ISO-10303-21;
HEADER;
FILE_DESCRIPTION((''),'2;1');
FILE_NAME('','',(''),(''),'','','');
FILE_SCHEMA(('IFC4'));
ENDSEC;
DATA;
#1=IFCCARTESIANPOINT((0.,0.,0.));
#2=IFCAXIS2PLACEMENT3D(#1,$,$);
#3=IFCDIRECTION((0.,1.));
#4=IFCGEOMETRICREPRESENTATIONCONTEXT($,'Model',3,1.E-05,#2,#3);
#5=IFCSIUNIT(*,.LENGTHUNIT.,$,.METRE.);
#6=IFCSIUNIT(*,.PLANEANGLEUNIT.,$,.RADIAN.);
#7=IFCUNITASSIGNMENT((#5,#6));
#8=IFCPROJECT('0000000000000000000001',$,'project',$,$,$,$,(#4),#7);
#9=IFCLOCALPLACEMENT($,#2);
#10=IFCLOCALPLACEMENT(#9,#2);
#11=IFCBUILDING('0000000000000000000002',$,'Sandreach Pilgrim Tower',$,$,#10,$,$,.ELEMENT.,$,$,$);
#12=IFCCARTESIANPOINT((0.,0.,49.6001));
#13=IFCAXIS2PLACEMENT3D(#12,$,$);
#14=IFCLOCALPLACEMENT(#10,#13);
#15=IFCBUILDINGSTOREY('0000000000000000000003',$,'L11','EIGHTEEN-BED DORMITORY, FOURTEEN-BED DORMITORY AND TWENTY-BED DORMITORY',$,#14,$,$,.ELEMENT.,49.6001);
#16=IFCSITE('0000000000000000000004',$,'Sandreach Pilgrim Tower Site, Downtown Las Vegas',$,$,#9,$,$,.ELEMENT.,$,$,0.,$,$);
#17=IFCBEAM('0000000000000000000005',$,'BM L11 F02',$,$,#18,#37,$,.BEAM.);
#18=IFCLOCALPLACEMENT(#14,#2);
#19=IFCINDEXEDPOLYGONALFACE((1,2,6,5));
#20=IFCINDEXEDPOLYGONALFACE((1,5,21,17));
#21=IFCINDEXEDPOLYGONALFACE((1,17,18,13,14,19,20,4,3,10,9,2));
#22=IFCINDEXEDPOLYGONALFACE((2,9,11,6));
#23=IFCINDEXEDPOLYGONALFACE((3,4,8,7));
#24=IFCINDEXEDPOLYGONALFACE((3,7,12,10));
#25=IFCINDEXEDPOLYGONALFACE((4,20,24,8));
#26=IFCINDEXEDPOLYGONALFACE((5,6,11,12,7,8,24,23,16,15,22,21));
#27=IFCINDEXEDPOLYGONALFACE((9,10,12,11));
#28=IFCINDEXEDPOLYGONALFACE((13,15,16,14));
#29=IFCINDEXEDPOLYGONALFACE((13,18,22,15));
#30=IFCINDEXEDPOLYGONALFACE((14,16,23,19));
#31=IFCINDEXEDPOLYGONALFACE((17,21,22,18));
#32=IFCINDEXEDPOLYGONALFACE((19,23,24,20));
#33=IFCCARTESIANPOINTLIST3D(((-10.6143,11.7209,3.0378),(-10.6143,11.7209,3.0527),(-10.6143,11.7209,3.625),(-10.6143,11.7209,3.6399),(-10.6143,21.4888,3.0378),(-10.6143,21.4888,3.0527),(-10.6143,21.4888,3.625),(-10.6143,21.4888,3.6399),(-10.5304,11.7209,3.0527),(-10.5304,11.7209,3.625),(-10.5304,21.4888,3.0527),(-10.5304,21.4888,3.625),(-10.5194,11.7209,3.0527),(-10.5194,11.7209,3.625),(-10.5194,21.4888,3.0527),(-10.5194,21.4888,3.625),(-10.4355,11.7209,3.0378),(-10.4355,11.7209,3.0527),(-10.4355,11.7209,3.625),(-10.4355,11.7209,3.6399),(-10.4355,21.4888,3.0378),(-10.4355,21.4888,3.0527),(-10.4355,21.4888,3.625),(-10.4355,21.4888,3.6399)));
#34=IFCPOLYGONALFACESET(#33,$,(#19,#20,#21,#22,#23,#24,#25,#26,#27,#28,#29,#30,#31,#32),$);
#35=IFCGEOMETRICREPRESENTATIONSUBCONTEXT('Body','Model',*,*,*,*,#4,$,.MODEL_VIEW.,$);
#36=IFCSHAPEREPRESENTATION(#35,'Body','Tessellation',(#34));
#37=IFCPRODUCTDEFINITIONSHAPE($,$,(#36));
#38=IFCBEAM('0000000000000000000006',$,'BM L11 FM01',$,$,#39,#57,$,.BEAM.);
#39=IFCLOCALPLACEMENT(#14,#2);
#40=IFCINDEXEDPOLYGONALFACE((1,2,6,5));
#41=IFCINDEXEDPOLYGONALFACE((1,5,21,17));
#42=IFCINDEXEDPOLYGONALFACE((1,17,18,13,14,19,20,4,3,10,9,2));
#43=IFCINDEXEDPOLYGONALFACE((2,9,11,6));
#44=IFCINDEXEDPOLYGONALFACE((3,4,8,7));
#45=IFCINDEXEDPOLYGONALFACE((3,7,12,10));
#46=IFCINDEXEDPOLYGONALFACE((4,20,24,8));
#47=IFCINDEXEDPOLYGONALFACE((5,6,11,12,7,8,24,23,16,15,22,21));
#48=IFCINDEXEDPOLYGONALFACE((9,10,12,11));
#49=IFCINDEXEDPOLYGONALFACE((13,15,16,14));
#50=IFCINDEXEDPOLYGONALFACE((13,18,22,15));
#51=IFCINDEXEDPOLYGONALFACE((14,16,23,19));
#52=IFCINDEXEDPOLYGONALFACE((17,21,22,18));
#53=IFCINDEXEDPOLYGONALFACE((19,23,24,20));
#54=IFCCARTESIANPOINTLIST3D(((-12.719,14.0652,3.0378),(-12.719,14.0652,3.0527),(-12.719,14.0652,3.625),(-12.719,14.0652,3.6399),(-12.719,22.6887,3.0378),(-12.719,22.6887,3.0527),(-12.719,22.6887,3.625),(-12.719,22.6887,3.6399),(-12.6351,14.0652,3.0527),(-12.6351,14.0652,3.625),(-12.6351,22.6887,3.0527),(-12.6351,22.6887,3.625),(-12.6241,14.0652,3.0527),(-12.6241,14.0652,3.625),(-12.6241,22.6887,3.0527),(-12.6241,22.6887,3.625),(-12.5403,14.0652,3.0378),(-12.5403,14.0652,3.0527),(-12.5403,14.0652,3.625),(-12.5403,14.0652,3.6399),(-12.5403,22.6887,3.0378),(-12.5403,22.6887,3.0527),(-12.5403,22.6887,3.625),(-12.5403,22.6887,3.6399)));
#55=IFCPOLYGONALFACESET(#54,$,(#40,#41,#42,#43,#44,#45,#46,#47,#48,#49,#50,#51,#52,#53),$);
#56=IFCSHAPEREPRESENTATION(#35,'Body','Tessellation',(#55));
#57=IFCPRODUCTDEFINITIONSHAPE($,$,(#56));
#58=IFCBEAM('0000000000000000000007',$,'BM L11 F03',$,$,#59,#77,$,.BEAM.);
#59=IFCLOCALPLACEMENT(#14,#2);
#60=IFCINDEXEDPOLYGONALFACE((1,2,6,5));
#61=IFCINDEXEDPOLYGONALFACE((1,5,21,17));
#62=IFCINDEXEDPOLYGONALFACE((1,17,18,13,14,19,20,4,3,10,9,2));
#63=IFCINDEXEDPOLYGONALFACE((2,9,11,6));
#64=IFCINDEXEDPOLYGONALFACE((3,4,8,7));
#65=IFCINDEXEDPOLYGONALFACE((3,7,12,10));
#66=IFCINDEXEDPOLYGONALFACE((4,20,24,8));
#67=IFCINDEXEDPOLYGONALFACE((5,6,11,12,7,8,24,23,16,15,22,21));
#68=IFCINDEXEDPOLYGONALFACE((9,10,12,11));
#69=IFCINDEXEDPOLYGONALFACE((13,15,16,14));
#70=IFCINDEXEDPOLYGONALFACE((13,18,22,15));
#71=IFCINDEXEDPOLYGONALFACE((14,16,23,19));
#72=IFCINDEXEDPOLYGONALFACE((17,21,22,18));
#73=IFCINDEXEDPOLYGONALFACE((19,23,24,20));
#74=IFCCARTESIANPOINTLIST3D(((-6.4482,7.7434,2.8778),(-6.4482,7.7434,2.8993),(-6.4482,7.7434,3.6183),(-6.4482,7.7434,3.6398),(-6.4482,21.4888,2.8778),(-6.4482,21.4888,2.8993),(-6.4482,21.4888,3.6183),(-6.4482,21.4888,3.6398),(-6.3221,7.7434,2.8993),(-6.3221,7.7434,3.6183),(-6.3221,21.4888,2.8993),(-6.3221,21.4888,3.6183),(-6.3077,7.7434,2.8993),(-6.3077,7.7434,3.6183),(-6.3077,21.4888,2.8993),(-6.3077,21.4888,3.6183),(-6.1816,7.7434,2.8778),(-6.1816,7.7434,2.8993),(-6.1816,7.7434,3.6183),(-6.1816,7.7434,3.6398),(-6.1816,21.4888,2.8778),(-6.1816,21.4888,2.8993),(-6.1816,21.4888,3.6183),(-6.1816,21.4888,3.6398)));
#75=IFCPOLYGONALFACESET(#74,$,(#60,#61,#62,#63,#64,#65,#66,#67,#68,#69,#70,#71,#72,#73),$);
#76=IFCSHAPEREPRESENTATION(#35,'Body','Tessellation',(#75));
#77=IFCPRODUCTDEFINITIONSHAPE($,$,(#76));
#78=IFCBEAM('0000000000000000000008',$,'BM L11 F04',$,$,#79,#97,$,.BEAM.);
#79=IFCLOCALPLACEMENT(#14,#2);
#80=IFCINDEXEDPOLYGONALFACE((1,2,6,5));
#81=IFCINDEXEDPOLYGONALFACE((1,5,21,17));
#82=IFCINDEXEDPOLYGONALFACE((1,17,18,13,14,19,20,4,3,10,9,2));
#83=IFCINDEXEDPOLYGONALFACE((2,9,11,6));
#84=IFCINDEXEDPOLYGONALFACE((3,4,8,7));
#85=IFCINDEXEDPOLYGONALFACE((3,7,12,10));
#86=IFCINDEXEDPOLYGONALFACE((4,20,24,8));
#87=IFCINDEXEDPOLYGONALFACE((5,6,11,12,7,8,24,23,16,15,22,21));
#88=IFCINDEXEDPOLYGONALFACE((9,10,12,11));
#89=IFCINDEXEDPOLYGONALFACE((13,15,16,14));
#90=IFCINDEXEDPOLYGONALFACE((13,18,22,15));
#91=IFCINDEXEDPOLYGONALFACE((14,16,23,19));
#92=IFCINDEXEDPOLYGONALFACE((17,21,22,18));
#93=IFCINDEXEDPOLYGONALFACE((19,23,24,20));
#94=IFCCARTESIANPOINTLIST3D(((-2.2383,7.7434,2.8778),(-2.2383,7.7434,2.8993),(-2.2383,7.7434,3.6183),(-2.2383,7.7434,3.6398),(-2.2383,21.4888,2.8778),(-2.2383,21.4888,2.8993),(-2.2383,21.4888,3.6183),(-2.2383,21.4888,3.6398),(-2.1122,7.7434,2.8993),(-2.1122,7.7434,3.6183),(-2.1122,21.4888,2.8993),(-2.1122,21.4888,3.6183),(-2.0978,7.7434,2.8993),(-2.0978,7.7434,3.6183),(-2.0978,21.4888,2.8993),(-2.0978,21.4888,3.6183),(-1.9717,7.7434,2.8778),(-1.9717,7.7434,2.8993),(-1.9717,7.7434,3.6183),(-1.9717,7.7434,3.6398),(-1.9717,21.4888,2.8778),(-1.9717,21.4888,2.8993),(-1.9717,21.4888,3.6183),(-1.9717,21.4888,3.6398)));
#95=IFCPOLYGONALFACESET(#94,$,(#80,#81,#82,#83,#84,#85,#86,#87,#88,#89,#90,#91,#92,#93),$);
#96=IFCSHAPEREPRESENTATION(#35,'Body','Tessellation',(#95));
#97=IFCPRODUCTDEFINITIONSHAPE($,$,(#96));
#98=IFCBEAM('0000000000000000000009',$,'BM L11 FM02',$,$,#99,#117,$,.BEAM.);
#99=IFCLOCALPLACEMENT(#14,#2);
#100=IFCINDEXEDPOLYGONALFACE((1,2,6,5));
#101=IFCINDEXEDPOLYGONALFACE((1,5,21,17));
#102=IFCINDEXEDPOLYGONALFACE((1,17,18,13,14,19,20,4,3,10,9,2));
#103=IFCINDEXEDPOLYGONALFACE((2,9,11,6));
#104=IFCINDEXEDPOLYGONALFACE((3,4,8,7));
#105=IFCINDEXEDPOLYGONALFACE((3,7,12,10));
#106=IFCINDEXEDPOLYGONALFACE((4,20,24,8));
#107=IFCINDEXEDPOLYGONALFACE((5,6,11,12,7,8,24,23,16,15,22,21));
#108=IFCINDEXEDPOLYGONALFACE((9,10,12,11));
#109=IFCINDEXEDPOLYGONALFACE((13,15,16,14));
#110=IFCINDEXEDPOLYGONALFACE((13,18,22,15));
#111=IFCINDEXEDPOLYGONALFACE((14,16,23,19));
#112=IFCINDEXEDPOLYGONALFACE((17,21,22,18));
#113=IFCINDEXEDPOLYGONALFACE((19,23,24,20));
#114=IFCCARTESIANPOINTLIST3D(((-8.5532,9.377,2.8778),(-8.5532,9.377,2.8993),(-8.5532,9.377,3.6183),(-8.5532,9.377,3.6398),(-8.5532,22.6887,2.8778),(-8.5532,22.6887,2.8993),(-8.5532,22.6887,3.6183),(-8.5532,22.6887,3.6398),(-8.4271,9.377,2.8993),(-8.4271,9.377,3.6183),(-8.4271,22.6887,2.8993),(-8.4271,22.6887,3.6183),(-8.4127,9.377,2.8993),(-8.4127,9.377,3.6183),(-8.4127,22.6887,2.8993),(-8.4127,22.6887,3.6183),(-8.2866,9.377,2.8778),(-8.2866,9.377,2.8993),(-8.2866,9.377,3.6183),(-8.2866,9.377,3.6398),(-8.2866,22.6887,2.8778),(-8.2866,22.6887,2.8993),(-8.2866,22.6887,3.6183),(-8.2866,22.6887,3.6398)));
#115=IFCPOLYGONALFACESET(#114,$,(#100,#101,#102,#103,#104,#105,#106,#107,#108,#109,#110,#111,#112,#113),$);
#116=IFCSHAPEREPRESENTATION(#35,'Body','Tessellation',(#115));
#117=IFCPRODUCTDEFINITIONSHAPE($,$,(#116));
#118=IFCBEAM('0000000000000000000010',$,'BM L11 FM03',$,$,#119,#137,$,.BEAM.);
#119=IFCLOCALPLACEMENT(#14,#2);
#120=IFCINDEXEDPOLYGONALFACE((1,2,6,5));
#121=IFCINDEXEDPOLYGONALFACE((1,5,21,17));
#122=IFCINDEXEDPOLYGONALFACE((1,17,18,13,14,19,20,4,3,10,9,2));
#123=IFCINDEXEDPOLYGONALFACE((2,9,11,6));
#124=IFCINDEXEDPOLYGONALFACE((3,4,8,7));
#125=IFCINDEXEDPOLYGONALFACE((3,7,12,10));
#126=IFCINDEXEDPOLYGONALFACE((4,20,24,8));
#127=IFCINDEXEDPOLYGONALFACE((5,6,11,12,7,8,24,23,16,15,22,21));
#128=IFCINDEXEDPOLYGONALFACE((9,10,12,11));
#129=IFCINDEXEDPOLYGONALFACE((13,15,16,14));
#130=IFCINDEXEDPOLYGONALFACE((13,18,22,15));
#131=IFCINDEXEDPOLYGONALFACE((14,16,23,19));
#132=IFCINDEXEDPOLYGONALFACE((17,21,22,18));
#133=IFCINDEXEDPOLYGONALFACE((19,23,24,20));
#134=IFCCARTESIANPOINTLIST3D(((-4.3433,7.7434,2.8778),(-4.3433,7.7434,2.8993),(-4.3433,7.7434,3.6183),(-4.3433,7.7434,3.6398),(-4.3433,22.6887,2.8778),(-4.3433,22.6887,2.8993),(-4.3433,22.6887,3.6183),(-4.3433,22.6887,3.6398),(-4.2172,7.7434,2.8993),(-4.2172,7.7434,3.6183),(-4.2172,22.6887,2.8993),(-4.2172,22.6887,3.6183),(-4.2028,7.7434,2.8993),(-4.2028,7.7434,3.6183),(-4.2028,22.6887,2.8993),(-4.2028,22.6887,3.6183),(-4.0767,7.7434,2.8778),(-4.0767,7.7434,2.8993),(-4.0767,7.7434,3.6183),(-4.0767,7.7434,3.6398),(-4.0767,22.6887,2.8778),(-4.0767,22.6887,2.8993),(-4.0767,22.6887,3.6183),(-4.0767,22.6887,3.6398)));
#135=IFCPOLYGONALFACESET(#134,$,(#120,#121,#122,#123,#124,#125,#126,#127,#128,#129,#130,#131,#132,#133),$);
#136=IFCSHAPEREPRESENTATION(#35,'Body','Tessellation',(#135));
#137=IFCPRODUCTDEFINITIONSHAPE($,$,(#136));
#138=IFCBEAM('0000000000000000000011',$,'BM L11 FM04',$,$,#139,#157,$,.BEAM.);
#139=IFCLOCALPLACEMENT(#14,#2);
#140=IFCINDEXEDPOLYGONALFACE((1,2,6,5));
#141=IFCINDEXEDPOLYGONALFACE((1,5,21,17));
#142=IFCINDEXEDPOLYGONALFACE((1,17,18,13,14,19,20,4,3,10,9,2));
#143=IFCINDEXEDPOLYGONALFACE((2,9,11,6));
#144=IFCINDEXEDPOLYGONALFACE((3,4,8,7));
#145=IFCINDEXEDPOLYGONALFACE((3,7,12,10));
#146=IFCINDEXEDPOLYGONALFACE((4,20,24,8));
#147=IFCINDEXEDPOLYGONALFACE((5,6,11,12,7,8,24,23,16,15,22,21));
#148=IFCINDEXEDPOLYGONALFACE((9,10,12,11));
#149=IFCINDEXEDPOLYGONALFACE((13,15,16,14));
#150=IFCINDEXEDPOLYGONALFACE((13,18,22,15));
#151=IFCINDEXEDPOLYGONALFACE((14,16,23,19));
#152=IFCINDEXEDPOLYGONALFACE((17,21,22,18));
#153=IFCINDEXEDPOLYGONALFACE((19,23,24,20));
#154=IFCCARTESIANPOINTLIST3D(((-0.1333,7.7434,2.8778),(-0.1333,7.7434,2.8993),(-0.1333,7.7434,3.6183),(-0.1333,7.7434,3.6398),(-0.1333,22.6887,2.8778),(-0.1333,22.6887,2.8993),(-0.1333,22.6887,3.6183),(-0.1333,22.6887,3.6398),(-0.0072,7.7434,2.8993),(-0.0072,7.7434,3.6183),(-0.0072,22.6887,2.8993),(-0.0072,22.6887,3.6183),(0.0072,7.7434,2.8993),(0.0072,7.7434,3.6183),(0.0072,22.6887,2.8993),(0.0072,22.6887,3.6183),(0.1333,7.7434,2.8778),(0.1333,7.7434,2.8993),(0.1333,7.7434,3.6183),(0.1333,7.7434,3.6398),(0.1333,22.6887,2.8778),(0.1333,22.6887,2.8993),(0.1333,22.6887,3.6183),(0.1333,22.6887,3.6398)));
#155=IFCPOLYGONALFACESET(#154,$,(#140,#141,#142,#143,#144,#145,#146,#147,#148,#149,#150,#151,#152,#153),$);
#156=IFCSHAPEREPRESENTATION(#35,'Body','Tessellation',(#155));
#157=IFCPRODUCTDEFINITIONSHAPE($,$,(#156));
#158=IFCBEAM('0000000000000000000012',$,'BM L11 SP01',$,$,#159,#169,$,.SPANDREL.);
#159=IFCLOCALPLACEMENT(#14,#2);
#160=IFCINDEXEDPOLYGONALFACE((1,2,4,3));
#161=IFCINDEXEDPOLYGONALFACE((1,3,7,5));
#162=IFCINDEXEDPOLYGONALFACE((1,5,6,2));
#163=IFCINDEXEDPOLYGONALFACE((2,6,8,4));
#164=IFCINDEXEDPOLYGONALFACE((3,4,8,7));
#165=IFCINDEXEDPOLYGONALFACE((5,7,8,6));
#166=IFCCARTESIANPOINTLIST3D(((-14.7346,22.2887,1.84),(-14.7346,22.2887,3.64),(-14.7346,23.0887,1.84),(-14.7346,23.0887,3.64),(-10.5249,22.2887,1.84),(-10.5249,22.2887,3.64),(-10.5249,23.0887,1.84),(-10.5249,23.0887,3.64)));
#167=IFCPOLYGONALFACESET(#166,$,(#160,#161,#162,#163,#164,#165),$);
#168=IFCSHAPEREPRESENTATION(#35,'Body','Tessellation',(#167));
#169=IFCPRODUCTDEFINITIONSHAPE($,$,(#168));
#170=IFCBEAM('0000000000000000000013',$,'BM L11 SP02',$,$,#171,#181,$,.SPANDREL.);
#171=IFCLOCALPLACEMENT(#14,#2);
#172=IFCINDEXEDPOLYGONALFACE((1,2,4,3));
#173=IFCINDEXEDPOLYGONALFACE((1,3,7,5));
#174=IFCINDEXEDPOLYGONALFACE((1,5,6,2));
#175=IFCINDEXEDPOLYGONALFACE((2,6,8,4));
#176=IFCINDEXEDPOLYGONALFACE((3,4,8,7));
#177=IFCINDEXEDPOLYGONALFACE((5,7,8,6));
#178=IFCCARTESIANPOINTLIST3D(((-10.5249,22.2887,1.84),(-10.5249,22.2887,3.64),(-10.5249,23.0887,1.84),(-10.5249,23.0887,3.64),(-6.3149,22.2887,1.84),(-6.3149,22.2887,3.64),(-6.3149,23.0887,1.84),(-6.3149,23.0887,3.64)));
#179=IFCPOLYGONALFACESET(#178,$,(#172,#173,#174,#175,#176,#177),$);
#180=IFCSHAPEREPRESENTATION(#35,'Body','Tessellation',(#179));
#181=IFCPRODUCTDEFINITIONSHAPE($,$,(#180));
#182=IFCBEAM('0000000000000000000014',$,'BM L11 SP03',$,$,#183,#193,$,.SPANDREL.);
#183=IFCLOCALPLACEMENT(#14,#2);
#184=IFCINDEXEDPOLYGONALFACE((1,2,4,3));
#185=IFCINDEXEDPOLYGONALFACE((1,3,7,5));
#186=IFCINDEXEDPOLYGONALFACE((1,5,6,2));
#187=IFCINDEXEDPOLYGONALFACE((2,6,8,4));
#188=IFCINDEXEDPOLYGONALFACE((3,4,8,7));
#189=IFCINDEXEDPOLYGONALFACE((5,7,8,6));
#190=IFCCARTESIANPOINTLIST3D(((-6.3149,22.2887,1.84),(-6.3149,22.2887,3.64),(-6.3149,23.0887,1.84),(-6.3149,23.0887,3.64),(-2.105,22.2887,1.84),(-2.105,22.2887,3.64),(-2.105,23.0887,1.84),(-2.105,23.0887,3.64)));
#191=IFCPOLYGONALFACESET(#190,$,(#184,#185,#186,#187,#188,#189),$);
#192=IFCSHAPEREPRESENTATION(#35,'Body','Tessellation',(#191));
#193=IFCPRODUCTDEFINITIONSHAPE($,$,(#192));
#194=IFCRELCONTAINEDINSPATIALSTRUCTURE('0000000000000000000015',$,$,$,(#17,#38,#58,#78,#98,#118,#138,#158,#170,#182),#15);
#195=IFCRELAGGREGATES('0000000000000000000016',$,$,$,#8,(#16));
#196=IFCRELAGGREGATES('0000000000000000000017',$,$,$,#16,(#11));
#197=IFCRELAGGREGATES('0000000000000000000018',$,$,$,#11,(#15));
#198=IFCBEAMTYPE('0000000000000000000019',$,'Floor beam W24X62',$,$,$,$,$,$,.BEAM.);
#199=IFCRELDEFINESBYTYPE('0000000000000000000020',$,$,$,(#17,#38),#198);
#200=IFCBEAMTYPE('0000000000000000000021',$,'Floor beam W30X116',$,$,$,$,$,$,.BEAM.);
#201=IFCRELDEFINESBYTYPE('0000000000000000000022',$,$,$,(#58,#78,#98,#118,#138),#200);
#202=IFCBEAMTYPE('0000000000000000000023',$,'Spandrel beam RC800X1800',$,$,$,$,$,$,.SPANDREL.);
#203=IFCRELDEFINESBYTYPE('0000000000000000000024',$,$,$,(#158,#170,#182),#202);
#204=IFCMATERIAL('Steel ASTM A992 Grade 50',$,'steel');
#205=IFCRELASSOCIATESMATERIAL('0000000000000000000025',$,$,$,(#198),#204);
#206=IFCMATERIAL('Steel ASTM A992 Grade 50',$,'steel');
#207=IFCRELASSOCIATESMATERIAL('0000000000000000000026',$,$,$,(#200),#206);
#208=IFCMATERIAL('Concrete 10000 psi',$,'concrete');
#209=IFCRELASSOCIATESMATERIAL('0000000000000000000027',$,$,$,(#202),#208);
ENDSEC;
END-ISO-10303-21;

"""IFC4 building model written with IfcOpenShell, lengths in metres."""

from ifc_helpers import new_model, si_unit, direction, frame, origin, origin_2d, place, context, subcontext, project, spatial, rectangle, i_section, extrude, material, material_profile, profile_set, type_object, element, save


model = new_model("IFC4")

# Units and contexts
model_context = context("Model", 3, precision=1e-05, world=origin(), true_north=direction((0.0, 1.0)))
body_context = subcontext(model_context, "Body", "Model", "MODEL_VIEW")
ifc_project = project(units=[si_unit("LENGTHUNIT", "METRE"), si_unit("PLANEANGLEUNIT", "RADIAN")], contexts=[model_context])

# Site, building, storey
site_placement = place(None, origin())
site = spatial("IfcSite", under=ifc_project, at=site_placement, Name="Sandreach Pilgrim Tower Site, Downtown Las Vegas", CompositionType="ELEMENT", RefElevation=0.0)
building_placement = place(site_placement, origin())
building = spatial("IfcBuilding", under=site, at=building_placement, Name="Sandreach Pilgrim Tower", CompositionType="ELEMENT")
storey_placement = place(building_placement, frame((0.0, 0.0, 49.6001)))
storey = spatial("IfcBuildingStorey", under=building, at=storey_placement, Name="L11", Description="EIGHTEEN-BED DORMITORY, FOURTEEN-BED DORMITORY AND TWENTY-BED DORMITORY", CompositionType="ELEMENT", Elevation=49.6001)

# Beams
ifc_material_1 = material(Name="Steel ASTM A992 Grade 50", Category="steel")
ifc_material_profile_1 = material_profile(ifc_material_1, i_section(OverallWidth=0.1787, OverallDepth=0.6021, WebThickness=0.011, FlangeThickness=0.0149, at=origin_2d()), Name="W24X62")
ifc_profile_set_1 = profile_set([ifc_material_profile_1], Name="Steel ASTM A992 Grade 50")
beam_type_1 = type_object("IfcBeamType", Name="Floor beam W24X62", PredefinedType="BEAM", material=ifc_profile_set_1)
beam_1_placement = place(storey_placement, frame((-10.5249, 21.4888, 3.3389), z_axis=(0.0, -1.0, 0.0), x_axis=(1.0, 0.0, 0.0)))
element("IfcBeam", 1, at=beam_1_placement, inside=storey, type_object=beam_type_1, Name="BM L11 F02", PredefinedType="BEAM", context=body_context, shape_type="SweptSolid", body=[
    extrude(i_section(OverallWidth=0.1787, OverallDepth=0.6021, WebThickness=0.011, FlangeThickness=0.0149, at=origin_2d()), origin(), (0.0, 0.0, 1.0), 9.7678),
])
beam_2_placement = place(storey_placement, frame((-12.6296, 22.6887, 3.3389), z_axis=(0.0, -1.0, 0.0), x_axis=(1.0, 0.0, 0.0)))
element("IfcBeam", 2, at=beam_2_placement, inside=storey, type_object=beam_type_1, Name="BM L11 FM01", PredefinedType="BEAM", context=body_context, shape_type="SweptSolid", body=[
    extrude(i_section(OverallWidth=0.1787, OverallDepth=0.6021, WebThickness=0.011, FlangeThickness=0.0149, at=origin_2d()), origin(), (0.0, 0.0, 1.0), 8.6235),
])
ifc_material_2 = material(Name="Steel ASTM A992 Grade 50", Category="steel")
ifc_material_profile_2 = material_profile(ifc_material_2, i_section(OverallWidth=0.2666, OverallDepth=0.762, WebThickness=0.0144, FlangeThickness=0.0215, at=origin_2d()), Name="W30X116")
ifc_profile_set_2 = profile_set([ifc_material_profile_2], Name="Steel ASTM A992 Grade 50")
beam_type_2 = type_object("IfcBeamType", Name="Floor beam W30X116", PredefinedType="BEAM", material=ifc_profile_set_2)
for number, where, z_axis, x_axis, name in (
    (3, (-6.3149, 21.4888, 3.2588), (0.0, -1.0, 0.0), (1.0, 0.0, 0.0), "BM L11 F03"),
    (4, (-2.105, 21.4888, 3.2588), (0.0, -1.0, 0.0), (1.0, 0.0, 0.0), "BM L11 F04"),
):
    element("IfcBeam", number, at=place(storey_placement, frame(where, z_axis=z_axis, x_axis=x_axis)), inside=storey, type_object=beam_type_2, Name=name, PredefinedType="BEAM", context=body_context, shape_type="SweptSolid", body=[
        extrude(i_section(OverallWidth=0.2666, OverallDepth=0.762, WebThickness=0.0144, FlangeThickness=0.0215, at=origin_2d()), origin(), (0.0, 0.0, 1.0), 13.7454),
    ])
beam_3_placement = place(storey_placement, frame((-8.4199, 22.6887, 3.2588), z_axis=(0.0, -1.0, 0.0), x_axis=(1.0, 0.0, 0.0)))
element("IfcBeam", 5, at=beam_3_placement, inside=storey, type_object=beam_type_2, Name="BM L11 FM02", PredefinedType="BEAM", context=body_context, shape_type="SweptSolid", body=[
    extrude(i_section(OverallWidth=0.2666, OverallDepth=0.762, WebThickness=0.0144, FlangeThickness=0.0215, at=origin_2d()), origin(), (0.0, 0.0, 1.0), 13.3118),
])
for number, where, z_axis, x_axis, name in (
    (6, (-4.21, 22.6887, 3.2588), (0.0, -1.0, 0.0), (1.0, 0.0, 0.0), "BM L11 FM03"),
    (7, (0.0, 22.6887, 3.2588), (0.0, -1.0, 0.0), (1.0, 0.0, 0.0), "BM L11 FM04"),
):
    element("IfcBeam", number, at=place(storey_placement, frame(where, z_axis=z_axis, x_axis=x_axis)), inside=storey, type_object=beam_type_2, Name=name, PredefinedType="BEAM", context=body_context, shape_type="SweptSolid", body=[
        extrude(i_section(OverallWidth=0.2666, OverallDepth=0.762, WebThickness=0.0144, FlangeThickness=0.0215, at=origin_2d()), origin(), (0.0, 0.0, 1.0), 14.9453),
    ])
ifc_material_3 = material(Name="Concrete 10000 psi", Category="concrete")
ifc_material_profile_3 = material_profile(ifc_material_3, rectangle(XDim=0.8, YDim=1.8, at=origin_2d()), Name="RC800X1800")
ifc_profile_set_3 = profile_set([ifc_material_profile_3], Name="Concrete 10000 psi")
beam_type_3 = type_object("IfcBeamType", Name="Spandrel beam RC800X1800", PredefinedType="SPANDREL", material=ifc_profile_set_3)
beam_4_placement = place(storey_placement, frame((-14.7346, 22.6887, 2.74), z_axis=(1.0, 0.0, 0.0), x_axis=(0.0, 1.0, 0.0)))
element("IfcBeam", 8, at=beam_4_placement, inside=storey, type_object=beam_type_3, Name="BM L11 SP01", PredefinedType="SPANDREL", context=body_context, shape_type="SweptSolid", body=[
    extrude(rectangle(XDim=0.8, YDim=1.8, at=origin_2d()), origin(), (0.0, 0.0, 1.0), 4.2097),
])
for number, where, z_axis, x_axis, name in (
    (9, (-10.5249, 22.6887, 2.74), (1.0, 0.0, 0.0), (0.0, 1.0, 0.0), "BM L11 SP02"),
    (10, (-6.3149, 22.6887, 2.74), (1.0, 0.0, 0.0), (0.0, 1.0, 0.0), "BM L11 SP03"),
):
    element("IfcBeam", number, at=place(storey_placement, frame(where, z_axis=z_axis, x_axis=x_axis)), inside=storey, type_object=beam_type_3, Name=name, PredefinedType="SPANDREL", context=body_context, shape_type="SweptSolid", body=[
        extrude(rectangle(XDim=0.8, YDim=1.8, at=origin_2d()), origin(), (0.0, 0.0, 1.0), 4.21),
    ])

save(model, "model.ifc")
